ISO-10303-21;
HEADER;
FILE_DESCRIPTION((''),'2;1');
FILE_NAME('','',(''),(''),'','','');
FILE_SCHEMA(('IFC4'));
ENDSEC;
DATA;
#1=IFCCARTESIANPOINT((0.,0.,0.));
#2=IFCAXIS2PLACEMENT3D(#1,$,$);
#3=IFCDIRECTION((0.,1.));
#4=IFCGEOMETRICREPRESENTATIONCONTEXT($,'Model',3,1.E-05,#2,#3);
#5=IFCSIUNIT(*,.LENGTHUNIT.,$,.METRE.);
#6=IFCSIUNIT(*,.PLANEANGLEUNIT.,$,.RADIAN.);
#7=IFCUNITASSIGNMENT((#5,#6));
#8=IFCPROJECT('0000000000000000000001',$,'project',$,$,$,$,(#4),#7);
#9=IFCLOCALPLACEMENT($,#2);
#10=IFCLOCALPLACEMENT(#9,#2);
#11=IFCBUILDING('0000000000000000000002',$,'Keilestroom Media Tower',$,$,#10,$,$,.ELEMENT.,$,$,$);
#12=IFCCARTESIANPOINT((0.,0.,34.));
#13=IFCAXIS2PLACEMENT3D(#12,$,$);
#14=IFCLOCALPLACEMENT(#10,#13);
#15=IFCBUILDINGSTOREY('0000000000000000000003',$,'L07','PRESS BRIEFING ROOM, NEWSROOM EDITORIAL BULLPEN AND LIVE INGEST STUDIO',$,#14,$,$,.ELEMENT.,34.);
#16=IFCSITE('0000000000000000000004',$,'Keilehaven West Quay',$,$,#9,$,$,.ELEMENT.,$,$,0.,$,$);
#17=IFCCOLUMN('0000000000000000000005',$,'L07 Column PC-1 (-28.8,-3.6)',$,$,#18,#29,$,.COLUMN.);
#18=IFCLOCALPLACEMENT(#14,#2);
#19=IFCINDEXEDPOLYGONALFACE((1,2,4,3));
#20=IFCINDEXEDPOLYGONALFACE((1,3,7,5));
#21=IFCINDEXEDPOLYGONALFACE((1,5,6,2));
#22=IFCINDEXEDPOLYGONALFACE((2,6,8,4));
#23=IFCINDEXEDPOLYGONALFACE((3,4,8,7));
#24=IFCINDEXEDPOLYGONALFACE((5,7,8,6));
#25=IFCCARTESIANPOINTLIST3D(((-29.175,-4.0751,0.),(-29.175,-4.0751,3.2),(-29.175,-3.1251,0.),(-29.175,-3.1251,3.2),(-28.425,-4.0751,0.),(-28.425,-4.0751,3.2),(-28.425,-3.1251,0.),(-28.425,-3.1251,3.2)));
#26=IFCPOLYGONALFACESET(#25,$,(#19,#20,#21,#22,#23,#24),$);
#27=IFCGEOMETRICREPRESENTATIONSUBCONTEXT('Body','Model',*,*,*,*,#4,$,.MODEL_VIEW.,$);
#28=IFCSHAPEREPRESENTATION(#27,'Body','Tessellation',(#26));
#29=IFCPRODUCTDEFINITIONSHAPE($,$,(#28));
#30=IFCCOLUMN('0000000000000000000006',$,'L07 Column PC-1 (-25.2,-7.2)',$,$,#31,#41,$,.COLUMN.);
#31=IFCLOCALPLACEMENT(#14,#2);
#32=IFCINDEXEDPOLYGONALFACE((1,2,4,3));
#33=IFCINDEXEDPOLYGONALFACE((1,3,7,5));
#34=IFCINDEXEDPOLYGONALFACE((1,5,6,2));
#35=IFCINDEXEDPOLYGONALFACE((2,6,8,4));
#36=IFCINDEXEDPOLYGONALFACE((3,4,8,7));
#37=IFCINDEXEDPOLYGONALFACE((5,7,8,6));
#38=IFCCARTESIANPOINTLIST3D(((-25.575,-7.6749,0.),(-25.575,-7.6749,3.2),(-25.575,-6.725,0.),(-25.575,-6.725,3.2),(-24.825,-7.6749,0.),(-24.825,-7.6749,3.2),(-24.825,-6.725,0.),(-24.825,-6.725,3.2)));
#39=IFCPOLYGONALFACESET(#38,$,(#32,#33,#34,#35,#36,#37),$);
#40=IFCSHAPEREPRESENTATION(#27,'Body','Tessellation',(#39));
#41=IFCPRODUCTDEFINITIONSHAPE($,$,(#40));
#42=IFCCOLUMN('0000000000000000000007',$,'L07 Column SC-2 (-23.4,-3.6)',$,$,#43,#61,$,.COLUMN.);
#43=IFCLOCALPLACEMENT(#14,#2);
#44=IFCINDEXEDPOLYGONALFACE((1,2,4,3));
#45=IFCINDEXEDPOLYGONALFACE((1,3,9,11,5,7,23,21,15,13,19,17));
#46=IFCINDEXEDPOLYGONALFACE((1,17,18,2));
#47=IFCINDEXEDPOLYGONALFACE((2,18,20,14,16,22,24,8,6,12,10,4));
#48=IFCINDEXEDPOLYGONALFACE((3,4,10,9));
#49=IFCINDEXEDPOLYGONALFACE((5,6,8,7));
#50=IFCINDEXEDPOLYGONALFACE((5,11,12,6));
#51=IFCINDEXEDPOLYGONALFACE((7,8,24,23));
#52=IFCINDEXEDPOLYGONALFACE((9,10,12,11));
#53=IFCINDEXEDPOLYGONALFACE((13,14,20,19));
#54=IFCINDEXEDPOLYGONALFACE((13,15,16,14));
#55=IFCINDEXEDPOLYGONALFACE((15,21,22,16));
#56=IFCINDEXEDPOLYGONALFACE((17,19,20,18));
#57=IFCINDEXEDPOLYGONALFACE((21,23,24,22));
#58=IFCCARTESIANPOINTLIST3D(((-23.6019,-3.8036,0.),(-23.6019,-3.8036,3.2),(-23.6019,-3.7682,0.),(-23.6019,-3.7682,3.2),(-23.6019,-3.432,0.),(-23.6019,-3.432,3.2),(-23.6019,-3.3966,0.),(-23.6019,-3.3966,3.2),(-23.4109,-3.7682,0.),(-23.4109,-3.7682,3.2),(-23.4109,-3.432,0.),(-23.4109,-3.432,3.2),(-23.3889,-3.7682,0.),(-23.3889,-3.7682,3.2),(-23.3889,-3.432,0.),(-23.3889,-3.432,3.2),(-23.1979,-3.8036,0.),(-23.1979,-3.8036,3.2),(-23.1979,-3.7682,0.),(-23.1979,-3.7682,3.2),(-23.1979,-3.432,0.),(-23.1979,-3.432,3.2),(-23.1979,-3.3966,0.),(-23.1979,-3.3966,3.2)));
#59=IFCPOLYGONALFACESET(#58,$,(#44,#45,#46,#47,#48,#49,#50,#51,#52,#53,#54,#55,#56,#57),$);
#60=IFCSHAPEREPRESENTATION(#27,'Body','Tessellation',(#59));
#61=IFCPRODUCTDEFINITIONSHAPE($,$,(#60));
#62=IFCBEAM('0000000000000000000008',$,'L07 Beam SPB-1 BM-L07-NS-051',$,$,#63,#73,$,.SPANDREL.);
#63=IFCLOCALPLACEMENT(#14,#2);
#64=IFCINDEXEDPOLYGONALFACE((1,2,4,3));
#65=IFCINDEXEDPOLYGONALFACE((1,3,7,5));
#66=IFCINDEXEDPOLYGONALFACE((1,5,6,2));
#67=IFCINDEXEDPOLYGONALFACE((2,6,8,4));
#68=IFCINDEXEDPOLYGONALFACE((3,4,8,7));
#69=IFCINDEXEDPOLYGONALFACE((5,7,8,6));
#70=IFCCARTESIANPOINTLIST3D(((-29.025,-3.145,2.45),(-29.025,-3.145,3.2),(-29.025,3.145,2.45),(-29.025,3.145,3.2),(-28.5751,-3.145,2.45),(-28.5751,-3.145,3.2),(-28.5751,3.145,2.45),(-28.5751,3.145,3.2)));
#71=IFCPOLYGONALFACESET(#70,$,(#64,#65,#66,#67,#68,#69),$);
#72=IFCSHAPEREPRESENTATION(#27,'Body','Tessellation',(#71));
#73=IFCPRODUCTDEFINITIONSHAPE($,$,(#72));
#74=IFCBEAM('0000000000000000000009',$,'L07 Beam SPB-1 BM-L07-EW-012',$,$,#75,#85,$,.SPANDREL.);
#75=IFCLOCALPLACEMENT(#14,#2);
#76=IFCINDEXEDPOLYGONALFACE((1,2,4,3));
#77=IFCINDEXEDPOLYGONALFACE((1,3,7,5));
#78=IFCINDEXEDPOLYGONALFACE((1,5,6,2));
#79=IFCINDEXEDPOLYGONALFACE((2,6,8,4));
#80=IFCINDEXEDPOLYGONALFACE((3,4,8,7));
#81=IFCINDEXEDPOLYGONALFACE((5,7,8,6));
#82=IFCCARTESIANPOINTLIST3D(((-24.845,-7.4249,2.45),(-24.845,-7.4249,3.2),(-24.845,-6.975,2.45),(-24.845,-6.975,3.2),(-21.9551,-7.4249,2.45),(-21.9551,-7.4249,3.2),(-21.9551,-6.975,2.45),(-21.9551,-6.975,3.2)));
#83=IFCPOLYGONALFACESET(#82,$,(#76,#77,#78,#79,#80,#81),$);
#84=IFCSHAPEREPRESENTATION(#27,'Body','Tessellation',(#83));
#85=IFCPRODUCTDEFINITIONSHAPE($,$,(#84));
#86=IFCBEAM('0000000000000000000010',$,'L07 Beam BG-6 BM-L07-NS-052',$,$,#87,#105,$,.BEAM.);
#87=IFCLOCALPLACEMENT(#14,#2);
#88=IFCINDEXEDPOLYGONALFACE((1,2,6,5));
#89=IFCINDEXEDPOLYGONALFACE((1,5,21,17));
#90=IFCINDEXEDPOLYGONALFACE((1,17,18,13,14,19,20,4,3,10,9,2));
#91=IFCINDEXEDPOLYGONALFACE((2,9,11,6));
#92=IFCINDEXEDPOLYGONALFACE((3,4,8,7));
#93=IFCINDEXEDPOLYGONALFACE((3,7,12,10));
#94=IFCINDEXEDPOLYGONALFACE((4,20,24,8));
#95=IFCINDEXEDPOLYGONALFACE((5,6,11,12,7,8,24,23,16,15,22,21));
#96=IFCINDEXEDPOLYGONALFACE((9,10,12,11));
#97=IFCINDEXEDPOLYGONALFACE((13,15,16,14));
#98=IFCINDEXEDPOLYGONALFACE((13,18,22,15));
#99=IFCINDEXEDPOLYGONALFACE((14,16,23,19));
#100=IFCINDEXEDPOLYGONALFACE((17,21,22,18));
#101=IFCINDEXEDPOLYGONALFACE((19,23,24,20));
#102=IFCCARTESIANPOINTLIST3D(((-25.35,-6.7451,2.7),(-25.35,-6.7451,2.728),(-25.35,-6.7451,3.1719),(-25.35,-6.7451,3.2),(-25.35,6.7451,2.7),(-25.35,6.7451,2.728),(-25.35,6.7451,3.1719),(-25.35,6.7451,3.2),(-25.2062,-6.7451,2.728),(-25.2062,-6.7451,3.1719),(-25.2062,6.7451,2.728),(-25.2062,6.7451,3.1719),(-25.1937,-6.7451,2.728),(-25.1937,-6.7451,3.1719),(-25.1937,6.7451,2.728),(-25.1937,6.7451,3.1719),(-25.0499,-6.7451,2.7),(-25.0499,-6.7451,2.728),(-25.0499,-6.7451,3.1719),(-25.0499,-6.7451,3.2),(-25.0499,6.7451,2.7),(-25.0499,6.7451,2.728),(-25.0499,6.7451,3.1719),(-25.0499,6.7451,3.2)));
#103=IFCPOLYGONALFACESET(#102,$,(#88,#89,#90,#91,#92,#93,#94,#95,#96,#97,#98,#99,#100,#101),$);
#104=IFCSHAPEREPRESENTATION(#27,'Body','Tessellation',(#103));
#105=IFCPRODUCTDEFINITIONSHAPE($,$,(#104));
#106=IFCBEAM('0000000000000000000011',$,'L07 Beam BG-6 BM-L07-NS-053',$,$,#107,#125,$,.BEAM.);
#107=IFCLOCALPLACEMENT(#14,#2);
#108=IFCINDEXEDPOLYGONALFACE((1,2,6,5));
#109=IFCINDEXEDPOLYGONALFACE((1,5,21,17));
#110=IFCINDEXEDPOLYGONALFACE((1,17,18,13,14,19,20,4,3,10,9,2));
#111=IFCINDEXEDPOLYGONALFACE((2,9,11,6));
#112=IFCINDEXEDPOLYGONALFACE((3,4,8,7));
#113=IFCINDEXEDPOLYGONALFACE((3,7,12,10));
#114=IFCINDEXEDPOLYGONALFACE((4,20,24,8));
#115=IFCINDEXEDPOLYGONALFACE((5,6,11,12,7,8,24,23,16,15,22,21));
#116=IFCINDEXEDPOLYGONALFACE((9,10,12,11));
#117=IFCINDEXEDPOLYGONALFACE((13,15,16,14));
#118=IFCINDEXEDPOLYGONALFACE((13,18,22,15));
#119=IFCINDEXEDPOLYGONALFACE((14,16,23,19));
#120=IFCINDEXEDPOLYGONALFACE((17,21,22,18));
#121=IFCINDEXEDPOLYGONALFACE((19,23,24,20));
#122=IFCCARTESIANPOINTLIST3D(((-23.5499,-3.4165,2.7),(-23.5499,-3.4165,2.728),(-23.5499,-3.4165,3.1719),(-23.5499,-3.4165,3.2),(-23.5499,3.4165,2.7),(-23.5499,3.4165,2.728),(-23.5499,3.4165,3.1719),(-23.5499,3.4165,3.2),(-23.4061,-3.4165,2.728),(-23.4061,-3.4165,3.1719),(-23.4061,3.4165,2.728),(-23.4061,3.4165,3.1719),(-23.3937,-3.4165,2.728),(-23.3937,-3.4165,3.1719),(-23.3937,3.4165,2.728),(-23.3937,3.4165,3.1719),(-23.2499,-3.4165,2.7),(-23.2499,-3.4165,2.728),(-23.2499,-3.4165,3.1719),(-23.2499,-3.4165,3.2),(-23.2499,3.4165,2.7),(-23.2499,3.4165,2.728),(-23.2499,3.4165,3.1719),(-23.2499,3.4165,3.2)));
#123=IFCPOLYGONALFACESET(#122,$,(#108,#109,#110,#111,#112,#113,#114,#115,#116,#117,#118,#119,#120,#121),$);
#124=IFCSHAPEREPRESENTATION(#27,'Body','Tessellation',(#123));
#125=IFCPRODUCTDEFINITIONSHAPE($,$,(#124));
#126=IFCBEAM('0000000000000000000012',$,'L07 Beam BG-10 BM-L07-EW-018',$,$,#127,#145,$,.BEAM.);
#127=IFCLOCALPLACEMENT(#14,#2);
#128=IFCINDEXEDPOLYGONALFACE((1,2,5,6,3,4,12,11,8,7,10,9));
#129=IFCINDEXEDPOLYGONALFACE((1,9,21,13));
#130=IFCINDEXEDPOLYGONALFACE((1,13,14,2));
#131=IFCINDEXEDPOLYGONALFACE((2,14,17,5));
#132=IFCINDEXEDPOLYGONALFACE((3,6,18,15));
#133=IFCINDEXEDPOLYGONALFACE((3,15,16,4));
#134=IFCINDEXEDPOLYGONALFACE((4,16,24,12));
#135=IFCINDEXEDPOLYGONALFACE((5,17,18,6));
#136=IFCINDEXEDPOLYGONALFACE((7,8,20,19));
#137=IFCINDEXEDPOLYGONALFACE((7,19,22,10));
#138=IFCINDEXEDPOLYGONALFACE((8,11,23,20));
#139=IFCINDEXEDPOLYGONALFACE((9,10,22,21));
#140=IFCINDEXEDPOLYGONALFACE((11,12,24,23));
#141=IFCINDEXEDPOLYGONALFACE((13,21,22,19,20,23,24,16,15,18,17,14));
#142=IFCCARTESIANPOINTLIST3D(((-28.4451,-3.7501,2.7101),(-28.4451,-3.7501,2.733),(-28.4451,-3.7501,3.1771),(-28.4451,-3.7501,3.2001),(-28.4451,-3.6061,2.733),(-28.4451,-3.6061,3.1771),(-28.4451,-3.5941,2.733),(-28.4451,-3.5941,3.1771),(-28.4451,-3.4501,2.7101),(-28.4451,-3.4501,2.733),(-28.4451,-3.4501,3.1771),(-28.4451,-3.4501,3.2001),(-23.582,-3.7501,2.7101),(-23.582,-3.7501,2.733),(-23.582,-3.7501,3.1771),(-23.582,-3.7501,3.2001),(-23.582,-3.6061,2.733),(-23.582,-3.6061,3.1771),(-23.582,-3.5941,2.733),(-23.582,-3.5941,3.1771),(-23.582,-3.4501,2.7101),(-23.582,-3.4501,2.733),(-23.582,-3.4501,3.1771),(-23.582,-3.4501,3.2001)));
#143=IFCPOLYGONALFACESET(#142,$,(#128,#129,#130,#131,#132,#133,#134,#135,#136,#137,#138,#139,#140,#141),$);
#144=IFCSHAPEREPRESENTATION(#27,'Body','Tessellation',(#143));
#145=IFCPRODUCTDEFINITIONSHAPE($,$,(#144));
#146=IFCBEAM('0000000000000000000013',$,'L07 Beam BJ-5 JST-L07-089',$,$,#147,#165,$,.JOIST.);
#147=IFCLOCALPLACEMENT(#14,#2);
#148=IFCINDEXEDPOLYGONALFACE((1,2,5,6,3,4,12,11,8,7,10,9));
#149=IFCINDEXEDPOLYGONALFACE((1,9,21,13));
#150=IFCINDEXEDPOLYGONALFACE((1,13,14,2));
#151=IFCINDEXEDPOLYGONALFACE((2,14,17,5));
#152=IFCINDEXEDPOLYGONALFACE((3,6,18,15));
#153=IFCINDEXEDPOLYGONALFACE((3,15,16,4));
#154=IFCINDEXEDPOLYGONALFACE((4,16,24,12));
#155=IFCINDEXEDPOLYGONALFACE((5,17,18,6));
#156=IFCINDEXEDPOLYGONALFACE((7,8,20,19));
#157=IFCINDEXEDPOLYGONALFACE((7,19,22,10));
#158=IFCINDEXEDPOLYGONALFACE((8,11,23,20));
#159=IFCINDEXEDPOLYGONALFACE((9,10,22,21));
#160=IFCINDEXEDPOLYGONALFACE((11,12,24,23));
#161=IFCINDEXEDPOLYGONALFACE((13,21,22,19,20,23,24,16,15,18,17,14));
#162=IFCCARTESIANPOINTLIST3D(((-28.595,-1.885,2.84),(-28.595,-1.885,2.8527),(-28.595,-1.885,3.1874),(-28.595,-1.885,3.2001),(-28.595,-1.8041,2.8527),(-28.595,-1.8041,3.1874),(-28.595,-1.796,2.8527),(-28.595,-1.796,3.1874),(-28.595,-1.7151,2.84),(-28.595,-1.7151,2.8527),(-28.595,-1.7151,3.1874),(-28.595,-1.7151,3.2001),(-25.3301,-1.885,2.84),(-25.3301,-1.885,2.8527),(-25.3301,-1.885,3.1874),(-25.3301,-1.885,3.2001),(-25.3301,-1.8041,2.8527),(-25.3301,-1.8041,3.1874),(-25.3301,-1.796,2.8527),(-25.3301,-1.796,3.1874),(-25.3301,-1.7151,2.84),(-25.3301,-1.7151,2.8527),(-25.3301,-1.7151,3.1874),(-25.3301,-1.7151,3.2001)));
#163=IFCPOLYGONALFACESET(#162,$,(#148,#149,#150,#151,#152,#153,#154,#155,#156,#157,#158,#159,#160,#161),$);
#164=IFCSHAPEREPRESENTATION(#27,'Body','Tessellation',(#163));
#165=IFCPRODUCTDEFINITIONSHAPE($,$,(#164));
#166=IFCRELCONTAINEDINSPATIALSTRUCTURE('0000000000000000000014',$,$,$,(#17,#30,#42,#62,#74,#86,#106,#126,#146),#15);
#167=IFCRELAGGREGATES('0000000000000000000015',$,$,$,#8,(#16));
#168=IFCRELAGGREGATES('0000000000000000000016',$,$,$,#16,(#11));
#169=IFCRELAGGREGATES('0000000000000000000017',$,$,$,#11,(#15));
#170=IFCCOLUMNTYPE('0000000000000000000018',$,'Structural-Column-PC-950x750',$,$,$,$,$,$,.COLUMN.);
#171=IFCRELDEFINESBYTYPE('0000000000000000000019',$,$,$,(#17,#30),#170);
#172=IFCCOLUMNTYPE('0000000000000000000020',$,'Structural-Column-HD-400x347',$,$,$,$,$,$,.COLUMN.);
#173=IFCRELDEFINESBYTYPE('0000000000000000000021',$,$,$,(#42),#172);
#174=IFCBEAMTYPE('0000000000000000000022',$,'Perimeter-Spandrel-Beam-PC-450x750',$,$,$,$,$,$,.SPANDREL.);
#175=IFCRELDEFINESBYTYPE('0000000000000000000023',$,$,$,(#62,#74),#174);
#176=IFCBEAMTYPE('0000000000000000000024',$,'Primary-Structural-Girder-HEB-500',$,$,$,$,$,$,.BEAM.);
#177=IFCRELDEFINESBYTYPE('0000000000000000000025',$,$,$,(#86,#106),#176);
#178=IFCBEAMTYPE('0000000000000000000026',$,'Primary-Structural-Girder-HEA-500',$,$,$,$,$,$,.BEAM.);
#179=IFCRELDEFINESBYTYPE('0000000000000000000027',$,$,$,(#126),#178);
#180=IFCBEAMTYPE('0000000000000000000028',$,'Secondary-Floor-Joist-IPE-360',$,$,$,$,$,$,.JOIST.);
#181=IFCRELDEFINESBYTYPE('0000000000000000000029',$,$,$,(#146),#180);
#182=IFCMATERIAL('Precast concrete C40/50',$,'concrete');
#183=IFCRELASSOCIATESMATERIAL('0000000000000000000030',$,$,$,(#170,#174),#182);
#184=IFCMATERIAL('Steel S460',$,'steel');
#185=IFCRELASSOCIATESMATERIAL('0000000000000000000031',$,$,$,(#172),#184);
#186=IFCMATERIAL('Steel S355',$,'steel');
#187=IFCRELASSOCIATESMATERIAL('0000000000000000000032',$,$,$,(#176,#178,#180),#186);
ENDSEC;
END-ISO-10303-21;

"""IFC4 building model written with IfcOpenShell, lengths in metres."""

from ifc_helpers import new_model, si_unit, direction, frame, origin, origin_2d, place, context, subcontext, project, spatial, rectangle, i_section, extrude, source, transform, mapped, material, material_profile, profile_set, type_object, element, save


model = new_model("IFC4")

# Units and contexts
model_context = context("Model", 3, precision=1e-05, world=origin(), true_north=direction((0.0, 1.0)))
body_context = subcontext(model_context, "Body", "Model", "MODEL_VIEW")
ifc_project = project(units=[si_unit("LENGTHUNIT", "METRE"), si_unit("PLANEANGLEUNIT", "RADIAN")], contexts=[model_context])

# Site, building, storey
site_placement = place(None, origin())
site = spatial("IfcSite", under=ifc_project, at=site_placement, Name="Keilehaven West Quay", CompositionType="ELEMENT", RefElevation=0.0)
building_placement = place(site_placement, origin())
building = spatial("IfcBuilding", under=site, at=building_placement, Name="Keilestroom Media Tower", CompositionType="ELEMENT")
storey_placement = place(building_placement, frame((0.0, 0.0, 34.0)))
storey = spatial("IfcBuildingStorey", under=building, at=storey_placement, Name="L07", Description="PRESS BRIEFING ROOM, NEWSROOM EDITORIAL BULLPEN AND LIVE INGEST STUDIO", CompositionType="ELEMENT", Elevation=34.0)

# Columns
ifc_material_1 = material(Name="Precast concrete C40/50", Category="concrete")
ifc_material_profile_1 = material_profile(ifc_material_1, rectangle(XDim=0.75, YDim=0.95, at=origin_2d()), Name="PC 950x750")
ifc_profile_set_1 = profile_set([ifc_material_profile_1], Name="Precast concrete C40/50")
column_type_1 = type_object("IfcColumnType", Name="Structural-Column-PC-950x750", PredefinedType="COLUMN", material=ifc_profile_set_1)
shared_shape_1 = source(origin(), body_context, "Body", "SweptSolid", [
    extrude(rectangle(XDim=0.75, YDim=0.95, at=origin_2d()), origin(), (0.0, 0.0, 1.0), 3.2),
])
for number, where, z_axis, x_axis, name in (
    (1, (-28.8, -3.6001, 0.0), (0.0, 0.0, 1.0), (1.0, 0.0, 0.0), "L07 Column PC-1 (-28.8,-3.6)"),
    (2, (-25.2, -7.2, 0.0), (0.0, 0.0, 1.0), (1.0, 0.0, 0.0), "L07 Column PC-1 (-25.2,-7.2)"),
):
    element("IfcColumn", number, at=place(storey_placement, frame(where, z_axis=z_axis, x_axis=x_axis)), inside=storey, type_object=column_type_1, Name=name, PredefinedType="COLUMN", context=body_context, shape_type="MappedRepresentation", body=[
        mapped(shared_shape_1, transform((0.0, 0.0, 0.0), x_axis=(1.0, 0.0, 0.0), y_axis=(0.0, 1.0, 0.0), z_axis=(0.0, 0.0, 1.0), scale=1.0)),
    ])
ifc_material_2 = material(Name="Steel S460", Category="steel")
ifc_material_profile_2 = material_profile(ifc_material_2, i_section(OverallWidth=0.4041, OverallDepth=0.407, WebThickness=0.022, FlangeThickness=0.0354, at=origin_2d()), Name="HD 400x347")
ifc_profile_set_2 = profile_set([ifc_material_profile_2], Name="Steel S460")
column_type_2 = type_object("IfcColumnType", Name="Structural-Column-HD-400x347", PredefinedType="COLUMN", material=ifc_profile_set_2)
shared_shape_2 = source(origin(), body_context, "Body", "SweptSolid", [
    extrude(i_section(OverallWidth=0.4041, OverallDepth=0.407, WebThickness=0.022, FlangeThickness=0.0354, at=origin_2d()), origin(), (0.0, 0.0, 1.0), 3.2),
])
column_placement = place(storey_placement, frame((-23.3999, -3.6001, 0.0), z_axis=(0.0, 0.0, 1.0), x_axis=(1.0, 0.0, 0.0)))
element("IfcColumn", 3, at=column_placement, inside=storey, type_object=column_type_2, Name="L07 Column SC-2 (-23.4,-3.6)", PredefinedType="COLUMN", context=body_context, shape_type="MappedRepresentation", body=[
    mapped(shared_shape_2, transform((0.0, 0.0, 0.0), x_axis=(1.0, 0.0, 0.0), y_axis=(0.0, 1.0, 0.0), z_axis=(0.0, 0.0, 1.0), scale=1.0)),
])

# Beams
ifc_material_profile_3 = material_profile(ifc_material_1, rectangle(XDim=0.45, YDim=0.75, at=origin_2d()), Name="PC 450x750")
ifc_profile_set_3 = profile_set([ifc_material_profile_3], Name="Precast concrete C40/50")
beam_type_1 = type_object("IfcBeamType", Name="Perimeter-Spandrel-Beam-PC-450x750", PredefinedType="SPANDREL", material=ifc_profile_set_3)
shared_shape_3 = source(origin(), body_context, "Body", "SweptSolid", [
    extrude(rectangle(XDim=0.45, YDim=0.75, at=origin_2d()), origin(), (0.0, 0.0, 1.0), 6.29),
])
beam_1_placement = place(storey_placement, frame((-28.8, -3.145, 2.825), z_axis=(0.0, 1.0, 0.0), x_axis=(-1.0, 0.0, 0.0)))
element("IfcBeam", 4, at=beam_1_placement, inside=storey, type_object=beam_type_1, Name="L07 Beam SPB-1 BM-L07-NS-051", PredefinedType="SPANDREL", context=body_context, shape_type="MappedRepresentation", body=[
    mapped(shared_shape_3, transform((0.0, 0.0, 0.0), x_axis=(1.0, 0.0, 0.0), y_axis=(0.0, 1.0, 0.0), z_axis=(0.0, 0.0, 1.0), scale=1.0)),
])
shared_shape_4 = source(origin(), body_context, "Body", "SweptSolid", [
    extrude(rectangle(XDim=0.45, YDim=0.75, at=origin_2d()), origin(), (0.0, 0.0, 1.0), 2.8899),
])
beam_2_placement = place(storey_placement, frame((-24.845, -7.2, 2.825), z_axis=(1.0, 0.0, 0.0), x_axis=(0.0, 1.0, 0.0)))
element("IfcBeam", 5, at=beam_2_placement, inside=storey, type_object=beam_type_1, Name="L07 Beam SPB-1 BM-L07-EW-012", PredefinedType="SPANDREL", context=body_context, shape_type="MappedRepresentation", body=[
    mapped(shared_shape_4, transform((0.0, 0.0, 0.0), x_axis=(1.0, 0.0, 0.0), y_axis=(0.0, 1.0, 0.0), z_axis=(0.0, 0.0, 1.0), scale=1.0)),
])
ifc_material_3 = material(Name="Steel S355", Category="steel")
ifc_material_profile_4 = material_profile(ifc_material_3, i_section(OverallWidth=0.3, OverallDepth=0.5, WebThickness=0.0125, FlangeThickness=0.0281, at=origin_2d()), Name="HEB 500")
ifc_profile_set_4 = profile_set([ifc_material_profile_4], Name="Steel S355")
beam_type_2 = type_object("IfcBeamType", Name="Primary-Structural-Girder-HEB-500", PredefinedType="BEAM", material=ifc_profile_set_4)
shared_shape_5 = source(origin(), body_context, "Body", "SweptSolid", [
    extrude(i_section(OverallWidth=0.3, OverallDepth=0.5, WebThickness=0.0125, FlangeThickness=0.0281, at=origin_2d()), origin(), (0.0, 0.0, 1.0), 13.4902),
])
beam_3_placement = place(storey_placement, frame((-25.2, -6.7451, 2.95), z_axis=(0.0, 1.0, 0.0), x_axis=(-1.0, 0.0, 0.0)))
element("IfcBeam", 6, at=beam_3_placement, inside=storey, type_object=beam_type_2, Name="L07 Beam BG-6 BM-L07-NS-052", PredefinedType="BEAM", context=body_context, shape_type="MappedRepresentation", body=[
    mapped(shared_shape_5, transform((0.0, 0.0, 0.0), x_axis=(1.0, 0.0, 0.0), y_axis=(0.0, 1.0, 0.0), z_axis=(0.0, 0.0, 1.0), scale=1.0)),
])
shared_shape_6 = source(origin(), body_context, "Body", "SweptSolid", [
    extrude(i_section(OverallWidth=0.3, OverallDepth=0.5, WebThickness=0.0125, FlangeThickness=0.0281, at=origin_2d()), origin(), (0.0, 0.0, 1.0), 6.833),
])
beam_4_placement = place(storey_placement, frame((-23.3999, -3.4165, 2.95), z_axis=(0.0, 1.0, 0.0), x_axis=(-1.0, 0.0, 0.0)))
element("IfcBeam", 7, at=beam_4_placement, inside=storey, type_object=beam_type_2, Name="L07 Beam BG-6 BM-L07-NS-053", PredefinedType="BEAM", context=body_context, shape_type="MappedRepresentation", body=[
    mapped(shared_shape_6, transform((0.0, 0.0, 0.0), x_axis=(1.0, 0.0, 0.0), y_axis=(0.0, 1.0, 0.0), z_axis=(0.0, 0.0, 1.0), scale=1.0)),
])
ifc_material_profile_5 = material_profile(ifc_material_3, i_section(OverallWidth=0.3, OverallDepth=0.49, WebThickness=0.012, FlangeThickness=0.0229, at=origin_2d()), Name="HEA 500")
ifc_profile_set_5 = profile_set([ifc_material_profile_5], Name="Steel S355")
beam_type_3 = type_object("IfcBeamType", Name="Primary-Structural-Girder-HEA-500", PredefinedType="BEAM", material=ifc_profile_set_5)
shared_shape_7 = source(origin(), body_context, "Body", "SweptSolid", [
    extrude(i_section(OverallWidth=0.3, OverallDepth=0.49, WebThickness=0.012, FlangeThickness=0.0229, at=origin_2d()), origin(), (0.0, 0.0, 1.0), 4.863),
])
beam_5_placement = place(storey_placement, frame((-28.4451, -3.6001, 2.9551), z_axis=(1.0, 0.0, 0.0), x_axis=(0.0, 1.0, 0.0)))
element("IfcBeam", 8, at=beam_5_placement, inside=storey, type_object=beam_type_3, Name="L07 Beam BG-10 BM-L07-EW-018", PredefinedType="BEAM", context=body_context, shape_type="MappedRepresentation", body=[
    mapped(shared_shape_7, transform((0.0, 0.0, 0.0), x_axis=(1.0, 0.0, 0.0), y_axis=(0.0, 1.0, 0.0), z_axis=(0.0, 0.0, 1.0), scale=1.0)),
])
ifc_material_profile_6 = material_profile(ifc_material_3, i_section(OverallWidth=0.1699, OverallDepth=0.3601, WebThickness=0.0081, FlangeThickness=0.0127, at=origin_2d()), Name="IPE 360")
ifc_profile_set_6 = profile_set([ifc_material_profile_6], Name="Steel S355")
beam_type_4 = type_object("IfcBeamType", Name="Secondary-Floor-Joist-IPE-360", PredefinedType="JOIST", material=ifc_profile_set_6)
shared_shape_8 = source(origin(), body_context, "Body", "SweptSolid", [
    extrude(i_section(OverallWidth=0.1699, OverallDepth=0.3601, WebThickness=0.0081, FlangeThickness=0.0127, at=origin_2d()), origin(), (0.0, 0.0, 1.0), 3.2649),
])
beam_6_placement = place(storey_placement, frame((-28.595, -1.8, 3.02), z_axis=(1.0, 0.0, 0.0), x_axis=(0.0, 1.0, 0.0)))
element("IfcBeam", 9, at=beam_6_placement, inside=storey, type_object=beam_type_4, Name="L07 Beam BJ-5 JST-L07-089", PredefinedType="JOIST", context=body_context, shape_type="MappedRepresentation", body=[
    mapped(shared_shape_8, transform((0.0, 0.0, 0.0), x_axis=(1.0, 0.0, 0.0), y_axis=(0.0, 1.0, 0.0), z_axis=(0.0, 0.0, 1.0), scale=1.0)),
])

save(model, "model.ifc")
